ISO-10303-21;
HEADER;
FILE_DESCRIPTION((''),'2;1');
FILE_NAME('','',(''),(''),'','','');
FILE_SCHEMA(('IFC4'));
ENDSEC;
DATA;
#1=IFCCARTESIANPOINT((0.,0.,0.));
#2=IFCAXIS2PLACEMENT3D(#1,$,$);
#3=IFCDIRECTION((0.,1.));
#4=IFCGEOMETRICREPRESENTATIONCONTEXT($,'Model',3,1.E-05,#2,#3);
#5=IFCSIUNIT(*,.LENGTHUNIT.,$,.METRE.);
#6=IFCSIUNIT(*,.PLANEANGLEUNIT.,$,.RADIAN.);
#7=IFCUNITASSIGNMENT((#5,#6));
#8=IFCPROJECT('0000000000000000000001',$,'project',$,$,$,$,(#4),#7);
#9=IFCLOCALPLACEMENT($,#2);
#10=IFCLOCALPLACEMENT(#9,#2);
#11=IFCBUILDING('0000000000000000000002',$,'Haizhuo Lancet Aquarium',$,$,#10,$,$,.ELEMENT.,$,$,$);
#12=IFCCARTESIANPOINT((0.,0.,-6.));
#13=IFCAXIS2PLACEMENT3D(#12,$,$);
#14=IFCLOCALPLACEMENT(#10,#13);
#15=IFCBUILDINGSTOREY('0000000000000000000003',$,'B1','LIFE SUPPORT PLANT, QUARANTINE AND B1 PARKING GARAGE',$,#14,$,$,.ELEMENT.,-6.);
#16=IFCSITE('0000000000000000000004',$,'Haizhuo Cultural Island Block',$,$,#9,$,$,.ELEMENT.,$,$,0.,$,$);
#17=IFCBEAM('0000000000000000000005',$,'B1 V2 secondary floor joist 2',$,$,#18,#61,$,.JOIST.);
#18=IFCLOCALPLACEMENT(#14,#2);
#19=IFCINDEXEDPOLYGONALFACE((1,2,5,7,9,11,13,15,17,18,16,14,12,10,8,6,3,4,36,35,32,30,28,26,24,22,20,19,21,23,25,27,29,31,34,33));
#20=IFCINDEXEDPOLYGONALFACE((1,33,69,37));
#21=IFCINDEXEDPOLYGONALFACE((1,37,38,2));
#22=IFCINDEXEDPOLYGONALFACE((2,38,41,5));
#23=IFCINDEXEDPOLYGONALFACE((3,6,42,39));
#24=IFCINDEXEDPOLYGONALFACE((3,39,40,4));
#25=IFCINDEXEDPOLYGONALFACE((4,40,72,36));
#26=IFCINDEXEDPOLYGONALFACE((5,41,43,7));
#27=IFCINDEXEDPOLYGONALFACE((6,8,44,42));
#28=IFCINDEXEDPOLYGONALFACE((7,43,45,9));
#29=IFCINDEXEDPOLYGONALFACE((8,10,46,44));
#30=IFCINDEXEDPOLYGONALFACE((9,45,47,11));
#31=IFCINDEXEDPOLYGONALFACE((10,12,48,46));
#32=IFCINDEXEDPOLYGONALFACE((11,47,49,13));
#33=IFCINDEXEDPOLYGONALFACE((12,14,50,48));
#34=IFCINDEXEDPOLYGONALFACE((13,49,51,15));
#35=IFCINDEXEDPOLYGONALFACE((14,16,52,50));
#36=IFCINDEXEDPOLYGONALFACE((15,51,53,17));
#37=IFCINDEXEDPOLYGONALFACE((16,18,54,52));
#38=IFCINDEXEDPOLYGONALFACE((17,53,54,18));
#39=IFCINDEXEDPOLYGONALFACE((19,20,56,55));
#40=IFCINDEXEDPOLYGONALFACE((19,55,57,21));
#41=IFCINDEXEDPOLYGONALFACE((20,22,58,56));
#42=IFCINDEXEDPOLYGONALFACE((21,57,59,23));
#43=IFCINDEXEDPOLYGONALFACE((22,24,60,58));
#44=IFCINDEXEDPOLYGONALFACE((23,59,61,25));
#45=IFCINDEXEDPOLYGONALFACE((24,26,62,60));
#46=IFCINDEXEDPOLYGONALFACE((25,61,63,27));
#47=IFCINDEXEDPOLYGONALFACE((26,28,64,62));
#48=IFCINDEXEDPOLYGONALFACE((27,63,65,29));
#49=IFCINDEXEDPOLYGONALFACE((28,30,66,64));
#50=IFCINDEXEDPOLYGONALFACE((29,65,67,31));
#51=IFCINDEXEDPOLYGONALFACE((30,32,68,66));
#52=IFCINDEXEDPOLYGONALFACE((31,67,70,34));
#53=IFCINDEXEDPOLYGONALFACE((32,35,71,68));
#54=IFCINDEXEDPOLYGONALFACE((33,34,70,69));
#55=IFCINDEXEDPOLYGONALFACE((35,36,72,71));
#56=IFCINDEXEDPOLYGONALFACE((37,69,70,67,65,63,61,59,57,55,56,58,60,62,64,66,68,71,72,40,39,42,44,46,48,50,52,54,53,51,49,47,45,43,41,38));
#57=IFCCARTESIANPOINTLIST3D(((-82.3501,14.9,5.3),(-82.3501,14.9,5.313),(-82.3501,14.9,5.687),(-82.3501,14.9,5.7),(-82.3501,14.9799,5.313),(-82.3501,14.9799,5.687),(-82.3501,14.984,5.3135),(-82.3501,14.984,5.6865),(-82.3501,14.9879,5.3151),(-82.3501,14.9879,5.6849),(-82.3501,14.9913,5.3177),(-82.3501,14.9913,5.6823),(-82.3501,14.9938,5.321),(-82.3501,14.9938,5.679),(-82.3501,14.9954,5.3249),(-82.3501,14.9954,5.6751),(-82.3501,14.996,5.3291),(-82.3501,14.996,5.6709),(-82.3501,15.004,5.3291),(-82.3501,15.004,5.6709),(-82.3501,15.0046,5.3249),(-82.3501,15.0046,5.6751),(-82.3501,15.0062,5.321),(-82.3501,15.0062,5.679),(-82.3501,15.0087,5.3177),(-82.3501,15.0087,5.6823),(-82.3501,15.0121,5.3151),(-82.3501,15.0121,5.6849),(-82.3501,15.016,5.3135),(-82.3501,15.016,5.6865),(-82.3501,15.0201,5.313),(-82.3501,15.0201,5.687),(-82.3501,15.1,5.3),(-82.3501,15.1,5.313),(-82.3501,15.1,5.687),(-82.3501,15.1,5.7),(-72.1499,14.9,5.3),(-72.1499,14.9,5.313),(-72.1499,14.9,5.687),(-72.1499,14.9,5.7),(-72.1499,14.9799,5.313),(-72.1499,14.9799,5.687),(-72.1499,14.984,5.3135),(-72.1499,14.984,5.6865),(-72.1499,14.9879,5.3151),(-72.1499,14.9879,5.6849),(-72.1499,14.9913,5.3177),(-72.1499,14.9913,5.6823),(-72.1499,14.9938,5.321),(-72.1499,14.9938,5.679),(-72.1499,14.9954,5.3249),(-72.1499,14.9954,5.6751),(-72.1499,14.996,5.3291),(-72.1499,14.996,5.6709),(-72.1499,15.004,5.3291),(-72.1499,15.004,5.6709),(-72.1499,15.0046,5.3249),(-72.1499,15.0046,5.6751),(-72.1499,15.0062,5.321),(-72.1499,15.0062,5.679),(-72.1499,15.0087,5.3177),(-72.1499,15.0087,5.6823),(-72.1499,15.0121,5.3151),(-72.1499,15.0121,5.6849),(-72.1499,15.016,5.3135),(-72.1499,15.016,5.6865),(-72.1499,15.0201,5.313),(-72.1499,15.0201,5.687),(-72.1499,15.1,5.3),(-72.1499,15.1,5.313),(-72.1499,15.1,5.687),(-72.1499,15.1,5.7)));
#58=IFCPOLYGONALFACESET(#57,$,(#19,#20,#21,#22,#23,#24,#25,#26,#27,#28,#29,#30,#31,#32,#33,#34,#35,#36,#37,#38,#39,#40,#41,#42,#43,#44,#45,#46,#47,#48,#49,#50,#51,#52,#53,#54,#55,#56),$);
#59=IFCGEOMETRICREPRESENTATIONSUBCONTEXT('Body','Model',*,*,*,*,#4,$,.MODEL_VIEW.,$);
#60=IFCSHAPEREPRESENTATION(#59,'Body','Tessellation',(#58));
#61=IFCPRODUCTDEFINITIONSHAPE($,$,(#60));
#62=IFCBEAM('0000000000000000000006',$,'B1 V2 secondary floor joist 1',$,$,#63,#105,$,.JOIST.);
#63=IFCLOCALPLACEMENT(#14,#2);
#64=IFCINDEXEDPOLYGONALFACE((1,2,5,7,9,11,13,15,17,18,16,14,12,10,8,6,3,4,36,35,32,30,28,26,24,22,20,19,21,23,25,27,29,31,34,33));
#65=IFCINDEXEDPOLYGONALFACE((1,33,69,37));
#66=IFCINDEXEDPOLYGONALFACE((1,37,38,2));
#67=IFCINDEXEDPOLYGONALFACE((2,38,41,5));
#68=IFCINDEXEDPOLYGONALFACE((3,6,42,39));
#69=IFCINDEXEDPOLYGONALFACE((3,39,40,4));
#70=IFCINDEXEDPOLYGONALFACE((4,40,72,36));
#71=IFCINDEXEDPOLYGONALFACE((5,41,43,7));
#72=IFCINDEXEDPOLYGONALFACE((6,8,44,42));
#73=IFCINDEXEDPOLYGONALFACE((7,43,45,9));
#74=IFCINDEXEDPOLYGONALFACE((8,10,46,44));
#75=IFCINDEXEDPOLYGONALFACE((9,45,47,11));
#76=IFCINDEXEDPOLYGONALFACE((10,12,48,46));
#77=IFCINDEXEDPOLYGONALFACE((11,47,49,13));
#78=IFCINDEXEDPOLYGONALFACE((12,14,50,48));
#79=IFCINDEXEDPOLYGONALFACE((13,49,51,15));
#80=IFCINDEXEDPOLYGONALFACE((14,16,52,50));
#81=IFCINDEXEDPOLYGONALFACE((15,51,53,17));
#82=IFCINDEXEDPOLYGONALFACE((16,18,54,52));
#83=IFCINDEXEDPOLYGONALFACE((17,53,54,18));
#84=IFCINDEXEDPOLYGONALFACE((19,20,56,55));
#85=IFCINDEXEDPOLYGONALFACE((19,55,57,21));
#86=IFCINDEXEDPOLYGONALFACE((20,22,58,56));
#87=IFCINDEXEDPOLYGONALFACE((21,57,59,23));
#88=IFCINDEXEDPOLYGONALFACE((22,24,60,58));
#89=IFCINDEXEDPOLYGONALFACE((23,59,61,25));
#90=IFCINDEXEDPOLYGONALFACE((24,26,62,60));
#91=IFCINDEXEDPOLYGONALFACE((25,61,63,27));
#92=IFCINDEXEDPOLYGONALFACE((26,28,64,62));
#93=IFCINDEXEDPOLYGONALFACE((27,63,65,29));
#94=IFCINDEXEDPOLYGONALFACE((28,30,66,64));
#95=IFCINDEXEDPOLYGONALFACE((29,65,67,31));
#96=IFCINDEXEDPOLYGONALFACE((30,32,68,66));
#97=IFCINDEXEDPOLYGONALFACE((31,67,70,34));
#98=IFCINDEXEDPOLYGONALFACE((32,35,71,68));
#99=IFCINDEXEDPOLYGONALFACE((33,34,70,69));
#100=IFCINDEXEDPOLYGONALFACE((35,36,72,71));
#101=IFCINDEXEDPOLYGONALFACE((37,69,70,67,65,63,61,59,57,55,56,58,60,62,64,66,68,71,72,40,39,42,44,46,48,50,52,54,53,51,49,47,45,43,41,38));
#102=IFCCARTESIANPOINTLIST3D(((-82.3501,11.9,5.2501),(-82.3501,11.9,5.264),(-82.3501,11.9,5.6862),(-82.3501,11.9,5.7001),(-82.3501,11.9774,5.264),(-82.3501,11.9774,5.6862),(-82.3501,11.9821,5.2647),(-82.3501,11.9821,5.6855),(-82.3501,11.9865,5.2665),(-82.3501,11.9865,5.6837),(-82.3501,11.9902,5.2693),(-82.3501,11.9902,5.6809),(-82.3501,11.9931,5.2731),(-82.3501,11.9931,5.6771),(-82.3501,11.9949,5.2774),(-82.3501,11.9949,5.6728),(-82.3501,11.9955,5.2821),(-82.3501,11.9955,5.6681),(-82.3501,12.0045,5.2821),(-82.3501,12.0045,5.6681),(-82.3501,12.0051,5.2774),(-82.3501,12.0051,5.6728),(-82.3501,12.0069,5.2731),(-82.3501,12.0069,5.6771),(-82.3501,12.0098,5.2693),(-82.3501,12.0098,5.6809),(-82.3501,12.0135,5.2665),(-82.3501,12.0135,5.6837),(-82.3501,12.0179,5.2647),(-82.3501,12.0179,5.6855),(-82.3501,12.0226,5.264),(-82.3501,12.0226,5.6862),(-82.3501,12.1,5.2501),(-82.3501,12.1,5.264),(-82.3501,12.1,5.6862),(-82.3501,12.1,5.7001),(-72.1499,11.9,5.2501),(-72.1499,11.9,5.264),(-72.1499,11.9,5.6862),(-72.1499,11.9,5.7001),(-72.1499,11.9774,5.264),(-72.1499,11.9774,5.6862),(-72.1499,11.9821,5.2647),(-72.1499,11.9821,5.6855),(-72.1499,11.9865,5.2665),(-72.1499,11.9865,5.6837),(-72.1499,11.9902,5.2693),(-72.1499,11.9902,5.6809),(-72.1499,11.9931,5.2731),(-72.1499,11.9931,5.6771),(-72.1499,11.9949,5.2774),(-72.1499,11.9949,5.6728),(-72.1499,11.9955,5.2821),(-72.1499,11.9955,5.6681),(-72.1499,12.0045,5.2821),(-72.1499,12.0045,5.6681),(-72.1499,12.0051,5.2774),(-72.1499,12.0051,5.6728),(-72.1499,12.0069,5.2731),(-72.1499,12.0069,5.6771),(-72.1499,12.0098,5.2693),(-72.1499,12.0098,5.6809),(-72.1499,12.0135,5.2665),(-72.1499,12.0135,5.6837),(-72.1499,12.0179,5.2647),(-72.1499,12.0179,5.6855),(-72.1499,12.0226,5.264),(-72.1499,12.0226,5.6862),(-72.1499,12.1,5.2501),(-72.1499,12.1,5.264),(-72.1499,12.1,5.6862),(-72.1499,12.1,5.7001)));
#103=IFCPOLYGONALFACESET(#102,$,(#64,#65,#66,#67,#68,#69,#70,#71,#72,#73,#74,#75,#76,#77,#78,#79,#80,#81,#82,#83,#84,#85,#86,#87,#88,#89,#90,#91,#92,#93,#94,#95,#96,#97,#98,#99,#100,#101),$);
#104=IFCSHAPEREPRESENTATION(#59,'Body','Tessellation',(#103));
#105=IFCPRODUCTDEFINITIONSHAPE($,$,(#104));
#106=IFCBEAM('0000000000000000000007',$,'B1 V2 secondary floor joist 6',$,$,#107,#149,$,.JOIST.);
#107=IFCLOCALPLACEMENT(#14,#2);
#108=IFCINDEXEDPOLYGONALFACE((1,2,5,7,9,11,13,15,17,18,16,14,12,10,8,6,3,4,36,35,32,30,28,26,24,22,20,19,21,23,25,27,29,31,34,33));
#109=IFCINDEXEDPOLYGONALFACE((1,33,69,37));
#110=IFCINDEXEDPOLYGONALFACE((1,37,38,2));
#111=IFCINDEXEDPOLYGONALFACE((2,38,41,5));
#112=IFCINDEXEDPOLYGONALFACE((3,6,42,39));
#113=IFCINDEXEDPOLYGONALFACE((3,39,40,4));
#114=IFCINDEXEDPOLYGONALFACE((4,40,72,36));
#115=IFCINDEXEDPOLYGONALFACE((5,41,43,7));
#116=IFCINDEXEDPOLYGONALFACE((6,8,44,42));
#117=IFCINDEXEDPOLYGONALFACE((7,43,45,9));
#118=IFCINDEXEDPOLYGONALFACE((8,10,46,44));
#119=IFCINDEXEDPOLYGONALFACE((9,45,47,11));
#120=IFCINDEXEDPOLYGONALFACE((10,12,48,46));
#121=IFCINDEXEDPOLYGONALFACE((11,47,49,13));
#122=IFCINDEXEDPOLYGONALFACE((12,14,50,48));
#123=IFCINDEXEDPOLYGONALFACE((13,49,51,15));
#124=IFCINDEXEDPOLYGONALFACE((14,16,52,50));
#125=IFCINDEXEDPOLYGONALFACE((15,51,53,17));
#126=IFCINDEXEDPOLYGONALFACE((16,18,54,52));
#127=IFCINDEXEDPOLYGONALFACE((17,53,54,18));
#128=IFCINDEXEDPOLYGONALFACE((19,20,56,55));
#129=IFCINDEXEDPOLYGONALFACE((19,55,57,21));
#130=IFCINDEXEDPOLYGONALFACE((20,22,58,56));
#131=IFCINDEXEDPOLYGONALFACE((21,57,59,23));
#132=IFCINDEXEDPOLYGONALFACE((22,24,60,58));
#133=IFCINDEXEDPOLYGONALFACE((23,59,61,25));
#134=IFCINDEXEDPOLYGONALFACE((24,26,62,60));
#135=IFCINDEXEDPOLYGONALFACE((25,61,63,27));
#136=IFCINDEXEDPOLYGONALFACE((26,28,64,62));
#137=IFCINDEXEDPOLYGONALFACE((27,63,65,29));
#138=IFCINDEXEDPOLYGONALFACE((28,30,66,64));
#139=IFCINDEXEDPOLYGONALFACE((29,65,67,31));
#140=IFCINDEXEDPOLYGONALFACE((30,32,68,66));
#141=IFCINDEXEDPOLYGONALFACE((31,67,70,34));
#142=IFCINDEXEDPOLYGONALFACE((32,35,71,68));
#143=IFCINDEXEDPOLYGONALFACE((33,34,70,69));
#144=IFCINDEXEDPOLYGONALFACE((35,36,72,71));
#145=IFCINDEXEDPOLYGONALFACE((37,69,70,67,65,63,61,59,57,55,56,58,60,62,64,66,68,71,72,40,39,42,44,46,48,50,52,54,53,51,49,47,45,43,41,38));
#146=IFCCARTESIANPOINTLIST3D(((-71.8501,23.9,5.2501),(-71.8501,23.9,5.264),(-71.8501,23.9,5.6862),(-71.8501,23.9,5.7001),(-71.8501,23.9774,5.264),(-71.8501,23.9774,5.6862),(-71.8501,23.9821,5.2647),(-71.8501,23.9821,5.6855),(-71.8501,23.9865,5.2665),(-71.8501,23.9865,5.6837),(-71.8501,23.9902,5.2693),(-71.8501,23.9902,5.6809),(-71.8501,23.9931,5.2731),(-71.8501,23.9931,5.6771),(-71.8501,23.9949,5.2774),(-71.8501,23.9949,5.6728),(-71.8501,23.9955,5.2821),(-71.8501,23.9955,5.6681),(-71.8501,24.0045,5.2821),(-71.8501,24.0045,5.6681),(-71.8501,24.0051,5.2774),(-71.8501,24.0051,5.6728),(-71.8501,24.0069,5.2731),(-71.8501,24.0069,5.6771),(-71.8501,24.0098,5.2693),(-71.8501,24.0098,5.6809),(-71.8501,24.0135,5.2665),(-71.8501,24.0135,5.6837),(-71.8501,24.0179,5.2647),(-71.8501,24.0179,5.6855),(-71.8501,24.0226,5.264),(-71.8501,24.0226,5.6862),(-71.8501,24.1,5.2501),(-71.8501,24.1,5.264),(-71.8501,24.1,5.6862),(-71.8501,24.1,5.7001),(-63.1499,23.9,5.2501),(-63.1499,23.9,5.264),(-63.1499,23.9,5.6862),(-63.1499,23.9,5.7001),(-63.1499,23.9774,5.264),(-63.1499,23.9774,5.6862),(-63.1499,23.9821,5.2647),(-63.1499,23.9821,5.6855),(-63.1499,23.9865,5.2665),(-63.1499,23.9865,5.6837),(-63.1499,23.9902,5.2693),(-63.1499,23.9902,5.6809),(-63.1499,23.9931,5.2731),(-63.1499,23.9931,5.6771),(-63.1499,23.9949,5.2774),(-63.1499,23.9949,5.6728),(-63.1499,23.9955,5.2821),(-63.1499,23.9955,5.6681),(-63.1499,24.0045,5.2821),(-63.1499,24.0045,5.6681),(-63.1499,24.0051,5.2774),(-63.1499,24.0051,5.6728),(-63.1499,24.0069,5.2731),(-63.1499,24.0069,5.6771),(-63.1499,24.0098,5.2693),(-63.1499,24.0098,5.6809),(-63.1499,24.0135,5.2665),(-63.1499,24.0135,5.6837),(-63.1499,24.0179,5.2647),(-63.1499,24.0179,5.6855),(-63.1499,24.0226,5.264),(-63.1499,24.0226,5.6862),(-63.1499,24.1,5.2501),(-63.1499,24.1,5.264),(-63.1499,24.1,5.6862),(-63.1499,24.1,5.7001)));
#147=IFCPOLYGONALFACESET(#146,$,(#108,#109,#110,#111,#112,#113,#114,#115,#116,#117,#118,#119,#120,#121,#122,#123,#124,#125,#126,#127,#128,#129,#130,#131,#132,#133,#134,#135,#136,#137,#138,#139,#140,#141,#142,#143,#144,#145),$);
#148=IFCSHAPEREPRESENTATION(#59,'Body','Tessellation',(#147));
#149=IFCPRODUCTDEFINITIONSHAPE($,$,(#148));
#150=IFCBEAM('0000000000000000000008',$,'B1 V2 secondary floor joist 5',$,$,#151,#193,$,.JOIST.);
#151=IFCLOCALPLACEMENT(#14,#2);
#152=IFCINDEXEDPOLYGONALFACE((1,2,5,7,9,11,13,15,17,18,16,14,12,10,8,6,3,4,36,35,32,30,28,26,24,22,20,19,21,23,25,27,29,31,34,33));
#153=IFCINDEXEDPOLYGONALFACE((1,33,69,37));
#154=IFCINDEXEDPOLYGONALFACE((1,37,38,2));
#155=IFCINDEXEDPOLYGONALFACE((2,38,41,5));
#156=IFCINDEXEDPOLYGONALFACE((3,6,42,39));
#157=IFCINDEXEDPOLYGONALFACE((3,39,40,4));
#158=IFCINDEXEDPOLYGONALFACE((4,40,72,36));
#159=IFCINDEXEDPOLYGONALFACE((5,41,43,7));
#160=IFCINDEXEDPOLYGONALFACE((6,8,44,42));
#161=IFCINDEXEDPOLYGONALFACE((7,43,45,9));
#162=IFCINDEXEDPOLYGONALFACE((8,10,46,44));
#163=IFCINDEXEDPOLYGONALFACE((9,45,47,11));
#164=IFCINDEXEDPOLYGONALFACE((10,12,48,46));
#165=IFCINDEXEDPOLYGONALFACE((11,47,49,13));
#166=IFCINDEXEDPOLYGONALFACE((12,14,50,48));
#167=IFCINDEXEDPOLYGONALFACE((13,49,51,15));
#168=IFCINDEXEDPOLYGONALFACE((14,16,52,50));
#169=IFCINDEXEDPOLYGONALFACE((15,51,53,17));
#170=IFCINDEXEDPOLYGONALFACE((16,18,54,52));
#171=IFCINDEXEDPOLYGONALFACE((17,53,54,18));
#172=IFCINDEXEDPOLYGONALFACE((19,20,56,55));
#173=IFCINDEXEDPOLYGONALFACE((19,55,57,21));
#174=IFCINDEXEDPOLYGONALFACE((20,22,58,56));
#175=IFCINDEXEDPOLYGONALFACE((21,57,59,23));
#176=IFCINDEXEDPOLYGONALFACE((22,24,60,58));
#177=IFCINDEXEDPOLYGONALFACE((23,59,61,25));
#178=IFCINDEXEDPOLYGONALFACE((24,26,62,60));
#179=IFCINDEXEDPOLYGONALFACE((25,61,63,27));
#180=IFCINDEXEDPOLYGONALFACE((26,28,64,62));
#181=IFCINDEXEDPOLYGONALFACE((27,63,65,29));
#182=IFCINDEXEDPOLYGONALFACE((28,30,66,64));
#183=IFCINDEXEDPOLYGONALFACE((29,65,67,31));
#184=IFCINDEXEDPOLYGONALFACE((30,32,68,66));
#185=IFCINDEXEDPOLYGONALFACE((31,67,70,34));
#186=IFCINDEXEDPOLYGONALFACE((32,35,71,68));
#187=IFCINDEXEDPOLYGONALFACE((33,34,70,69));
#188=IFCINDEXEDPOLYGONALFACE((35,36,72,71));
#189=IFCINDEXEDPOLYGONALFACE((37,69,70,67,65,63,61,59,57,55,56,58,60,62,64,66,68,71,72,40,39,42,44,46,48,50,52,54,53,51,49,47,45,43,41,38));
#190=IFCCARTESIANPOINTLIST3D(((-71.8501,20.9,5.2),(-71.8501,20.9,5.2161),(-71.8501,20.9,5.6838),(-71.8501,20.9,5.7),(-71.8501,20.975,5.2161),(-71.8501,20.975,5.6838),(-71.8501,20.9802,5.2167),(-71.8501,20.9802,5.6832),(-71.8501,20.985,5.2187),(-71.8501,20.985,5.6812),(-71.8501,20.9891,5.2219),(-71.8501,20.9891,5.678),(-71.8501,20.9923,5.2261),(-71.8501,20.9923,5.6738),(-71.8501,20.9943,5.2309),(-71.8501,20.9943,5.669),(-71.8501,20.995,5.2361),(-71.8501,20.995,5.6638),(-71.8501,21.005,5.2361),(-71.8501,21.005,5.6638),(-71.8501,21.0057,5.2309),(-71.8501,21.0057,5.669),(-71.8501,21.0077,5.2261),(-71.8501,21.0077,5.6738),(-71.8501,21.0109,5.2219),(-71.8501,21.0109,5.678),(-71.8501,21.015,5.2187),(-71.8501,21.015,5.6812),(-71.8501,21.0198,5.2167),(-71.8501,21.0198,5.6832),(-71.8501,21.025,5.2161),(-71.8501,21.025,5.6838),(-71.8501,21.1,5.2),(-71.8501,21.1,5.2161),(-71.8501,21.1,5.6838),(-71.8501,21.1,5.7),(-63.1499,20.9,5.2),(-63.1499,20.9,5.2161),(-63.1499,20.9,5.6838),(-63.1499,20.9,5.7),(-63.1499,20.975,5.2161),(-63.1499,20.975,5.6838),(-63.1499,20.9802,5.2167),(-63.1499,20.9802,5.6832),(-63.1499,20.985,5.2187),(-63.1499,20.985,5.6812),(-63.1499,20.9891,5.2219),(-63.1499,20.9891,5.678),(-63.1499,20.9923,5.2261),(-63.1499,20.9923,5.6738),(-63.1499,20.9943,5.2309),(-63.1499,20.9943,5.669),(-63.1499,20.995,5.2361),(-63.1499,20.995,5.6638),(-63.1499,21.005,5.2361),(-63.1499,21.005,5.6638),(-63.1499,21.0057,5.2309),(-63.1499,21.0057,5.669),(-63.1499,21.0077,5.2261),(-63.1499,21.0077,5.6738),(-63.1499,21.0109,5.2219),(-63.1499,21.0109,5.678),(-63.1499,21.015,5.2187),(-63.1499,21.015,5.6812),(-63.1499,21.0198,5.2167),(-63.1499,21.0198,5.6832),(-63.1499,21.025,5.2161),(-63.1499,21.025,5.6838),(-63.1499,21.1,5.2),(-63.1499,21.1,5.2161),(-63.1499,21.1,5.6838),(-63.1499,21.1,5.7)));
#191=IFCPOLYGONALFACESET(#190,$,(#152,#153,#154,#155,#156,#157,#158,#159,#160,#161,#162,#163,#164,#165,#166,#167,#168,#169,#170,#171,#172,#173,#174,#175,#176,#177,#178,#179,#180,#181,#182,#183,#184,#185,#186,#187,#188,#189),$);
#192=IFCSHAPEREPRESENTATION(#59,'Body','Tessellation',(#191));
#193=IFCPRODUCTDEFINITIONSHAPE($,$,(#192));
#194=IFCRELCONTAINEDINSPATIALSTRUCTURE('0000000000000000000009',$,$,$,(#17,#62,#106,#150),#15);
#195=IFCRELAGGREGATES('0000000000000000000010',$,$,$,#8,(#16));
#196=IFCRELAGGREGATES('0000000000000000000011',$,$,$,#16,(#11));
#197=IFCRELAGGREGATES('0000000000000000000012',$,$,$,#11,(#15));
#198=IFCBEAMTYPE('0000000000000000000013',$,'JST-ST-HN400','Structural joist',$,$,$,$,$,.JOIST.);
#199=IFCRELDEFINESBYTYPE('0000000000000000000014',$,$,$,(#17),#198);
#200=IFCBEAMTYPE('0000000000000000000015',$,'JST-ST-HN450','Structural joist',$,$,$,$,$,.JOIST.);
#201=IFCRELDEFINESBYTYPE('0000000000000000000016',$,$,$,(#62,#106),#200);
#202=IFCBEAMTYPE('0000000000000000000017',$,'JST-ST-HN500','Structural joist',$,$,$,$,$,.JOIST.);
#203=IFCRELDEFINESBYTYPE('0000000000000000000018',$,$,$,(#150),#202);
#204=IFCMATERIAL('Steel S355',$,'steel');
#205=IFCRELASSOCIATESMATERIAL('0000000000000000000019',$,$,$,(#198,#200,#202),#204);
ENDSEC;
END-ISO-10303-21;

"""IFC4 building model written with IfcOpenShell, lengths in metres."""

from ifc_helpers import new_model, si_unit, direction, frame, origin, origin_2d, place, context, subcontext, project, spatial, i_section, extrude, material, material_profile, profile_set, type_object, element, save


model = new_model("IFC4")

# Units and contexts
model_context = context("Model", 3, precision=1e-05, world=origin(), true_north=direction((0.0, 1.0)))
body_context = subcontext(model_context, "Body", "Model", "MODEL_VIEW")
ifc_project = project(units=[si_unit("LENGTHUNIT", "METRE"), si_unit("PLANEANGLEUNIT", "RADIAN")], contexts=[model_context])

# Site, building, storey
site_placement = place(None, origin())
site = spatial("IfcSite", under=ifc_project, at=site_placement, Name="Haizhuo Cultural Island Block", CompositionType="ELEMENT", RefElevation=0.0)
building_placement = place(site_placement, origin())
building = spatial("IfcBuilding", under=site, at=building_placement, Name="Haizhuo Lancet Aquarium", CompositionType="ELEMENT")
storey_placement = place(building_placement, frame((0.0, 0.0, -6.0)))
storey = spatial("IfcBuildingStorey", under=building, at=storey_placement, Name="B1", Description="LIFE SUPPORT PLANT, QUARANTINE AND B1 PARKING GARAGE", CompositionType="ELEMENT", Elevation=-6.0)

# Beams
ifc_material_1 = material(Name="Steel S355", Category="steel")
ifc_material_profile_1 = material_profile(ifc_material_1, i_section(OverallWidth=0.2, OverallDepth=0.3999, WebThickness=0.0081, FlangeThickness=0.0129, FilletRadius=0.0161, at=origin_2d()), Name="HN 400x200x8x13")
ifc_profile_set_1 = profile_set([ifc_material_profile_1], Name="Steel S355")
beam_type_1 = type_object("IfcBeamType", Name="JST-ST-HN400", Description="Structural joist", PredefinedType="JOIST", material=ifc_profile_set_1)
beam_1_placement = place(storey_placement, frame((-82.3501, 15.0, 5.5), z_axis=(1.0, 0.0, 0.0), x_axis=(0.0, 1.0, 0.0)))
element("IfcBeam", 1, at=beam_1_placement, inside=storey, type_object=beam_type_1, Name="B1 V2 secondary floor joist 2", PredefinedType="JOIST", context=body_context, shape_type="SweptSolid", body=[
    extrude(i_section(OverallWidth=0.2, OverallDepth=0.3999, WebThickness=0.0081, FlangeThickness=0.0129, FilletRadius=0.0161, at=origin_2d()), origin(), (0.0, 0.0, 1.0), 10.2002),
])
ifc_material_profile_2 = material_profile(ifc_material_1, i_section(OverallWidth=0.2, OverallDepth=0.45, WebThickness=0.009, FlangeThickness=0.0139, FilletRadius=0.0181, at=origin_2d()), Name="HN 450x200x9x14")
ifc_profile_set_2 = profile_set([ifc_material_profile_2], Name="Steel S355")
beam_type_2 = type_object("IfcBeamType", Name="JST-ST-HN450", Description="Structural joist", PredefinedType="JOIST", material=ifc_profile_set_2)
beam_2_placement = place(storey_placement, frame((-82.3501, 12.0, 5.4751), z_axis=(1.0, 0.0, 0.0), x_axis=(0.0, 1.0, 0.0)))
element("IfcBeam", 2, at=beam_2_placement, inside=storey, type_object=beam_type_2, Name="B1 V2 secondary floor joist 1", PredefinedType="JOIST", context=body_context, shape_type="SweptSolid", body=[
    extrude(i_section(OverallWidth=0.2, OverallDepth=0.45, WebThickness=0.009, FlangeThickness=0.0139, FilletRadius=0.0181, at=origin_2d()), origin(), (0.0, 0.0, 1.0), 10.2002),
])
beam_3_placement = place(storey_placement, frame((-71.8501, 24.0, 5.4751), z_axis=(1.0, 0.0, 0.0), x_axis=(0.0, 1.0, 0.0)))
element("IfcBeam", 3, at=beam_3_placement, inside=storey, type_object=beam_type_2, Name="B1 V2 secondary floor joist 6", PredefinedType="JOIST", context=body_context, shape_type="SweptSolid", body=[
    extrude(i_section(OverallWidth=0.2, OverallDepth=0.45, WebThickness=0.009, FlangeThickness=0.0139, FilletRadius=0.0181, at=origin_2d()), origin(), (0.0, 0.0, 1.0), 8.7002),
])
ifc_material_profile_3 = material_profile(ifc_material_1, i_section(OverallWidth=0.2, OverallDepth=0.5, WebThickness=0.01, FlangeThickness=0.0161, FilletRadius=0.02, at=origin_2d()), Name="HN 500x200x10x16")
ifc_profile_set_3 = profile_set([ifc_material_profile_3], Name="Steel S355")
beam_type_3 = type_object("IfcBeamType", Name="JST-ST-HN500", Description="Structural joist", PredefinedType="JOIST", material=ifc_profile_set_3)
beam_4_placement = place(storey_placement, frame((-71.8501, 21.0, 5.45), z_axis=(1.0, 0.0, 0.0), x_axis=(0.0, 1.0, 0.0)))
element("IfcBeam", 4, at=beam_4_placement, inside=storey, type_object=beam_type_3, Name="B1 V2 secondary floor joist 5", PredefinedType="JOIST", context=body_context, shape_type="SweptSolid", body=[
    extrude(i_section(OverallWidth=0.2, OverallDepth=0.5, WebThickness=0.01, FlangeThickness=0.0161, FilletRadius=0.02, at=origin_2d()), origin(), (0.0, 0.0, 1.0), 8.7002),
])

save(model, "model.ifc")
